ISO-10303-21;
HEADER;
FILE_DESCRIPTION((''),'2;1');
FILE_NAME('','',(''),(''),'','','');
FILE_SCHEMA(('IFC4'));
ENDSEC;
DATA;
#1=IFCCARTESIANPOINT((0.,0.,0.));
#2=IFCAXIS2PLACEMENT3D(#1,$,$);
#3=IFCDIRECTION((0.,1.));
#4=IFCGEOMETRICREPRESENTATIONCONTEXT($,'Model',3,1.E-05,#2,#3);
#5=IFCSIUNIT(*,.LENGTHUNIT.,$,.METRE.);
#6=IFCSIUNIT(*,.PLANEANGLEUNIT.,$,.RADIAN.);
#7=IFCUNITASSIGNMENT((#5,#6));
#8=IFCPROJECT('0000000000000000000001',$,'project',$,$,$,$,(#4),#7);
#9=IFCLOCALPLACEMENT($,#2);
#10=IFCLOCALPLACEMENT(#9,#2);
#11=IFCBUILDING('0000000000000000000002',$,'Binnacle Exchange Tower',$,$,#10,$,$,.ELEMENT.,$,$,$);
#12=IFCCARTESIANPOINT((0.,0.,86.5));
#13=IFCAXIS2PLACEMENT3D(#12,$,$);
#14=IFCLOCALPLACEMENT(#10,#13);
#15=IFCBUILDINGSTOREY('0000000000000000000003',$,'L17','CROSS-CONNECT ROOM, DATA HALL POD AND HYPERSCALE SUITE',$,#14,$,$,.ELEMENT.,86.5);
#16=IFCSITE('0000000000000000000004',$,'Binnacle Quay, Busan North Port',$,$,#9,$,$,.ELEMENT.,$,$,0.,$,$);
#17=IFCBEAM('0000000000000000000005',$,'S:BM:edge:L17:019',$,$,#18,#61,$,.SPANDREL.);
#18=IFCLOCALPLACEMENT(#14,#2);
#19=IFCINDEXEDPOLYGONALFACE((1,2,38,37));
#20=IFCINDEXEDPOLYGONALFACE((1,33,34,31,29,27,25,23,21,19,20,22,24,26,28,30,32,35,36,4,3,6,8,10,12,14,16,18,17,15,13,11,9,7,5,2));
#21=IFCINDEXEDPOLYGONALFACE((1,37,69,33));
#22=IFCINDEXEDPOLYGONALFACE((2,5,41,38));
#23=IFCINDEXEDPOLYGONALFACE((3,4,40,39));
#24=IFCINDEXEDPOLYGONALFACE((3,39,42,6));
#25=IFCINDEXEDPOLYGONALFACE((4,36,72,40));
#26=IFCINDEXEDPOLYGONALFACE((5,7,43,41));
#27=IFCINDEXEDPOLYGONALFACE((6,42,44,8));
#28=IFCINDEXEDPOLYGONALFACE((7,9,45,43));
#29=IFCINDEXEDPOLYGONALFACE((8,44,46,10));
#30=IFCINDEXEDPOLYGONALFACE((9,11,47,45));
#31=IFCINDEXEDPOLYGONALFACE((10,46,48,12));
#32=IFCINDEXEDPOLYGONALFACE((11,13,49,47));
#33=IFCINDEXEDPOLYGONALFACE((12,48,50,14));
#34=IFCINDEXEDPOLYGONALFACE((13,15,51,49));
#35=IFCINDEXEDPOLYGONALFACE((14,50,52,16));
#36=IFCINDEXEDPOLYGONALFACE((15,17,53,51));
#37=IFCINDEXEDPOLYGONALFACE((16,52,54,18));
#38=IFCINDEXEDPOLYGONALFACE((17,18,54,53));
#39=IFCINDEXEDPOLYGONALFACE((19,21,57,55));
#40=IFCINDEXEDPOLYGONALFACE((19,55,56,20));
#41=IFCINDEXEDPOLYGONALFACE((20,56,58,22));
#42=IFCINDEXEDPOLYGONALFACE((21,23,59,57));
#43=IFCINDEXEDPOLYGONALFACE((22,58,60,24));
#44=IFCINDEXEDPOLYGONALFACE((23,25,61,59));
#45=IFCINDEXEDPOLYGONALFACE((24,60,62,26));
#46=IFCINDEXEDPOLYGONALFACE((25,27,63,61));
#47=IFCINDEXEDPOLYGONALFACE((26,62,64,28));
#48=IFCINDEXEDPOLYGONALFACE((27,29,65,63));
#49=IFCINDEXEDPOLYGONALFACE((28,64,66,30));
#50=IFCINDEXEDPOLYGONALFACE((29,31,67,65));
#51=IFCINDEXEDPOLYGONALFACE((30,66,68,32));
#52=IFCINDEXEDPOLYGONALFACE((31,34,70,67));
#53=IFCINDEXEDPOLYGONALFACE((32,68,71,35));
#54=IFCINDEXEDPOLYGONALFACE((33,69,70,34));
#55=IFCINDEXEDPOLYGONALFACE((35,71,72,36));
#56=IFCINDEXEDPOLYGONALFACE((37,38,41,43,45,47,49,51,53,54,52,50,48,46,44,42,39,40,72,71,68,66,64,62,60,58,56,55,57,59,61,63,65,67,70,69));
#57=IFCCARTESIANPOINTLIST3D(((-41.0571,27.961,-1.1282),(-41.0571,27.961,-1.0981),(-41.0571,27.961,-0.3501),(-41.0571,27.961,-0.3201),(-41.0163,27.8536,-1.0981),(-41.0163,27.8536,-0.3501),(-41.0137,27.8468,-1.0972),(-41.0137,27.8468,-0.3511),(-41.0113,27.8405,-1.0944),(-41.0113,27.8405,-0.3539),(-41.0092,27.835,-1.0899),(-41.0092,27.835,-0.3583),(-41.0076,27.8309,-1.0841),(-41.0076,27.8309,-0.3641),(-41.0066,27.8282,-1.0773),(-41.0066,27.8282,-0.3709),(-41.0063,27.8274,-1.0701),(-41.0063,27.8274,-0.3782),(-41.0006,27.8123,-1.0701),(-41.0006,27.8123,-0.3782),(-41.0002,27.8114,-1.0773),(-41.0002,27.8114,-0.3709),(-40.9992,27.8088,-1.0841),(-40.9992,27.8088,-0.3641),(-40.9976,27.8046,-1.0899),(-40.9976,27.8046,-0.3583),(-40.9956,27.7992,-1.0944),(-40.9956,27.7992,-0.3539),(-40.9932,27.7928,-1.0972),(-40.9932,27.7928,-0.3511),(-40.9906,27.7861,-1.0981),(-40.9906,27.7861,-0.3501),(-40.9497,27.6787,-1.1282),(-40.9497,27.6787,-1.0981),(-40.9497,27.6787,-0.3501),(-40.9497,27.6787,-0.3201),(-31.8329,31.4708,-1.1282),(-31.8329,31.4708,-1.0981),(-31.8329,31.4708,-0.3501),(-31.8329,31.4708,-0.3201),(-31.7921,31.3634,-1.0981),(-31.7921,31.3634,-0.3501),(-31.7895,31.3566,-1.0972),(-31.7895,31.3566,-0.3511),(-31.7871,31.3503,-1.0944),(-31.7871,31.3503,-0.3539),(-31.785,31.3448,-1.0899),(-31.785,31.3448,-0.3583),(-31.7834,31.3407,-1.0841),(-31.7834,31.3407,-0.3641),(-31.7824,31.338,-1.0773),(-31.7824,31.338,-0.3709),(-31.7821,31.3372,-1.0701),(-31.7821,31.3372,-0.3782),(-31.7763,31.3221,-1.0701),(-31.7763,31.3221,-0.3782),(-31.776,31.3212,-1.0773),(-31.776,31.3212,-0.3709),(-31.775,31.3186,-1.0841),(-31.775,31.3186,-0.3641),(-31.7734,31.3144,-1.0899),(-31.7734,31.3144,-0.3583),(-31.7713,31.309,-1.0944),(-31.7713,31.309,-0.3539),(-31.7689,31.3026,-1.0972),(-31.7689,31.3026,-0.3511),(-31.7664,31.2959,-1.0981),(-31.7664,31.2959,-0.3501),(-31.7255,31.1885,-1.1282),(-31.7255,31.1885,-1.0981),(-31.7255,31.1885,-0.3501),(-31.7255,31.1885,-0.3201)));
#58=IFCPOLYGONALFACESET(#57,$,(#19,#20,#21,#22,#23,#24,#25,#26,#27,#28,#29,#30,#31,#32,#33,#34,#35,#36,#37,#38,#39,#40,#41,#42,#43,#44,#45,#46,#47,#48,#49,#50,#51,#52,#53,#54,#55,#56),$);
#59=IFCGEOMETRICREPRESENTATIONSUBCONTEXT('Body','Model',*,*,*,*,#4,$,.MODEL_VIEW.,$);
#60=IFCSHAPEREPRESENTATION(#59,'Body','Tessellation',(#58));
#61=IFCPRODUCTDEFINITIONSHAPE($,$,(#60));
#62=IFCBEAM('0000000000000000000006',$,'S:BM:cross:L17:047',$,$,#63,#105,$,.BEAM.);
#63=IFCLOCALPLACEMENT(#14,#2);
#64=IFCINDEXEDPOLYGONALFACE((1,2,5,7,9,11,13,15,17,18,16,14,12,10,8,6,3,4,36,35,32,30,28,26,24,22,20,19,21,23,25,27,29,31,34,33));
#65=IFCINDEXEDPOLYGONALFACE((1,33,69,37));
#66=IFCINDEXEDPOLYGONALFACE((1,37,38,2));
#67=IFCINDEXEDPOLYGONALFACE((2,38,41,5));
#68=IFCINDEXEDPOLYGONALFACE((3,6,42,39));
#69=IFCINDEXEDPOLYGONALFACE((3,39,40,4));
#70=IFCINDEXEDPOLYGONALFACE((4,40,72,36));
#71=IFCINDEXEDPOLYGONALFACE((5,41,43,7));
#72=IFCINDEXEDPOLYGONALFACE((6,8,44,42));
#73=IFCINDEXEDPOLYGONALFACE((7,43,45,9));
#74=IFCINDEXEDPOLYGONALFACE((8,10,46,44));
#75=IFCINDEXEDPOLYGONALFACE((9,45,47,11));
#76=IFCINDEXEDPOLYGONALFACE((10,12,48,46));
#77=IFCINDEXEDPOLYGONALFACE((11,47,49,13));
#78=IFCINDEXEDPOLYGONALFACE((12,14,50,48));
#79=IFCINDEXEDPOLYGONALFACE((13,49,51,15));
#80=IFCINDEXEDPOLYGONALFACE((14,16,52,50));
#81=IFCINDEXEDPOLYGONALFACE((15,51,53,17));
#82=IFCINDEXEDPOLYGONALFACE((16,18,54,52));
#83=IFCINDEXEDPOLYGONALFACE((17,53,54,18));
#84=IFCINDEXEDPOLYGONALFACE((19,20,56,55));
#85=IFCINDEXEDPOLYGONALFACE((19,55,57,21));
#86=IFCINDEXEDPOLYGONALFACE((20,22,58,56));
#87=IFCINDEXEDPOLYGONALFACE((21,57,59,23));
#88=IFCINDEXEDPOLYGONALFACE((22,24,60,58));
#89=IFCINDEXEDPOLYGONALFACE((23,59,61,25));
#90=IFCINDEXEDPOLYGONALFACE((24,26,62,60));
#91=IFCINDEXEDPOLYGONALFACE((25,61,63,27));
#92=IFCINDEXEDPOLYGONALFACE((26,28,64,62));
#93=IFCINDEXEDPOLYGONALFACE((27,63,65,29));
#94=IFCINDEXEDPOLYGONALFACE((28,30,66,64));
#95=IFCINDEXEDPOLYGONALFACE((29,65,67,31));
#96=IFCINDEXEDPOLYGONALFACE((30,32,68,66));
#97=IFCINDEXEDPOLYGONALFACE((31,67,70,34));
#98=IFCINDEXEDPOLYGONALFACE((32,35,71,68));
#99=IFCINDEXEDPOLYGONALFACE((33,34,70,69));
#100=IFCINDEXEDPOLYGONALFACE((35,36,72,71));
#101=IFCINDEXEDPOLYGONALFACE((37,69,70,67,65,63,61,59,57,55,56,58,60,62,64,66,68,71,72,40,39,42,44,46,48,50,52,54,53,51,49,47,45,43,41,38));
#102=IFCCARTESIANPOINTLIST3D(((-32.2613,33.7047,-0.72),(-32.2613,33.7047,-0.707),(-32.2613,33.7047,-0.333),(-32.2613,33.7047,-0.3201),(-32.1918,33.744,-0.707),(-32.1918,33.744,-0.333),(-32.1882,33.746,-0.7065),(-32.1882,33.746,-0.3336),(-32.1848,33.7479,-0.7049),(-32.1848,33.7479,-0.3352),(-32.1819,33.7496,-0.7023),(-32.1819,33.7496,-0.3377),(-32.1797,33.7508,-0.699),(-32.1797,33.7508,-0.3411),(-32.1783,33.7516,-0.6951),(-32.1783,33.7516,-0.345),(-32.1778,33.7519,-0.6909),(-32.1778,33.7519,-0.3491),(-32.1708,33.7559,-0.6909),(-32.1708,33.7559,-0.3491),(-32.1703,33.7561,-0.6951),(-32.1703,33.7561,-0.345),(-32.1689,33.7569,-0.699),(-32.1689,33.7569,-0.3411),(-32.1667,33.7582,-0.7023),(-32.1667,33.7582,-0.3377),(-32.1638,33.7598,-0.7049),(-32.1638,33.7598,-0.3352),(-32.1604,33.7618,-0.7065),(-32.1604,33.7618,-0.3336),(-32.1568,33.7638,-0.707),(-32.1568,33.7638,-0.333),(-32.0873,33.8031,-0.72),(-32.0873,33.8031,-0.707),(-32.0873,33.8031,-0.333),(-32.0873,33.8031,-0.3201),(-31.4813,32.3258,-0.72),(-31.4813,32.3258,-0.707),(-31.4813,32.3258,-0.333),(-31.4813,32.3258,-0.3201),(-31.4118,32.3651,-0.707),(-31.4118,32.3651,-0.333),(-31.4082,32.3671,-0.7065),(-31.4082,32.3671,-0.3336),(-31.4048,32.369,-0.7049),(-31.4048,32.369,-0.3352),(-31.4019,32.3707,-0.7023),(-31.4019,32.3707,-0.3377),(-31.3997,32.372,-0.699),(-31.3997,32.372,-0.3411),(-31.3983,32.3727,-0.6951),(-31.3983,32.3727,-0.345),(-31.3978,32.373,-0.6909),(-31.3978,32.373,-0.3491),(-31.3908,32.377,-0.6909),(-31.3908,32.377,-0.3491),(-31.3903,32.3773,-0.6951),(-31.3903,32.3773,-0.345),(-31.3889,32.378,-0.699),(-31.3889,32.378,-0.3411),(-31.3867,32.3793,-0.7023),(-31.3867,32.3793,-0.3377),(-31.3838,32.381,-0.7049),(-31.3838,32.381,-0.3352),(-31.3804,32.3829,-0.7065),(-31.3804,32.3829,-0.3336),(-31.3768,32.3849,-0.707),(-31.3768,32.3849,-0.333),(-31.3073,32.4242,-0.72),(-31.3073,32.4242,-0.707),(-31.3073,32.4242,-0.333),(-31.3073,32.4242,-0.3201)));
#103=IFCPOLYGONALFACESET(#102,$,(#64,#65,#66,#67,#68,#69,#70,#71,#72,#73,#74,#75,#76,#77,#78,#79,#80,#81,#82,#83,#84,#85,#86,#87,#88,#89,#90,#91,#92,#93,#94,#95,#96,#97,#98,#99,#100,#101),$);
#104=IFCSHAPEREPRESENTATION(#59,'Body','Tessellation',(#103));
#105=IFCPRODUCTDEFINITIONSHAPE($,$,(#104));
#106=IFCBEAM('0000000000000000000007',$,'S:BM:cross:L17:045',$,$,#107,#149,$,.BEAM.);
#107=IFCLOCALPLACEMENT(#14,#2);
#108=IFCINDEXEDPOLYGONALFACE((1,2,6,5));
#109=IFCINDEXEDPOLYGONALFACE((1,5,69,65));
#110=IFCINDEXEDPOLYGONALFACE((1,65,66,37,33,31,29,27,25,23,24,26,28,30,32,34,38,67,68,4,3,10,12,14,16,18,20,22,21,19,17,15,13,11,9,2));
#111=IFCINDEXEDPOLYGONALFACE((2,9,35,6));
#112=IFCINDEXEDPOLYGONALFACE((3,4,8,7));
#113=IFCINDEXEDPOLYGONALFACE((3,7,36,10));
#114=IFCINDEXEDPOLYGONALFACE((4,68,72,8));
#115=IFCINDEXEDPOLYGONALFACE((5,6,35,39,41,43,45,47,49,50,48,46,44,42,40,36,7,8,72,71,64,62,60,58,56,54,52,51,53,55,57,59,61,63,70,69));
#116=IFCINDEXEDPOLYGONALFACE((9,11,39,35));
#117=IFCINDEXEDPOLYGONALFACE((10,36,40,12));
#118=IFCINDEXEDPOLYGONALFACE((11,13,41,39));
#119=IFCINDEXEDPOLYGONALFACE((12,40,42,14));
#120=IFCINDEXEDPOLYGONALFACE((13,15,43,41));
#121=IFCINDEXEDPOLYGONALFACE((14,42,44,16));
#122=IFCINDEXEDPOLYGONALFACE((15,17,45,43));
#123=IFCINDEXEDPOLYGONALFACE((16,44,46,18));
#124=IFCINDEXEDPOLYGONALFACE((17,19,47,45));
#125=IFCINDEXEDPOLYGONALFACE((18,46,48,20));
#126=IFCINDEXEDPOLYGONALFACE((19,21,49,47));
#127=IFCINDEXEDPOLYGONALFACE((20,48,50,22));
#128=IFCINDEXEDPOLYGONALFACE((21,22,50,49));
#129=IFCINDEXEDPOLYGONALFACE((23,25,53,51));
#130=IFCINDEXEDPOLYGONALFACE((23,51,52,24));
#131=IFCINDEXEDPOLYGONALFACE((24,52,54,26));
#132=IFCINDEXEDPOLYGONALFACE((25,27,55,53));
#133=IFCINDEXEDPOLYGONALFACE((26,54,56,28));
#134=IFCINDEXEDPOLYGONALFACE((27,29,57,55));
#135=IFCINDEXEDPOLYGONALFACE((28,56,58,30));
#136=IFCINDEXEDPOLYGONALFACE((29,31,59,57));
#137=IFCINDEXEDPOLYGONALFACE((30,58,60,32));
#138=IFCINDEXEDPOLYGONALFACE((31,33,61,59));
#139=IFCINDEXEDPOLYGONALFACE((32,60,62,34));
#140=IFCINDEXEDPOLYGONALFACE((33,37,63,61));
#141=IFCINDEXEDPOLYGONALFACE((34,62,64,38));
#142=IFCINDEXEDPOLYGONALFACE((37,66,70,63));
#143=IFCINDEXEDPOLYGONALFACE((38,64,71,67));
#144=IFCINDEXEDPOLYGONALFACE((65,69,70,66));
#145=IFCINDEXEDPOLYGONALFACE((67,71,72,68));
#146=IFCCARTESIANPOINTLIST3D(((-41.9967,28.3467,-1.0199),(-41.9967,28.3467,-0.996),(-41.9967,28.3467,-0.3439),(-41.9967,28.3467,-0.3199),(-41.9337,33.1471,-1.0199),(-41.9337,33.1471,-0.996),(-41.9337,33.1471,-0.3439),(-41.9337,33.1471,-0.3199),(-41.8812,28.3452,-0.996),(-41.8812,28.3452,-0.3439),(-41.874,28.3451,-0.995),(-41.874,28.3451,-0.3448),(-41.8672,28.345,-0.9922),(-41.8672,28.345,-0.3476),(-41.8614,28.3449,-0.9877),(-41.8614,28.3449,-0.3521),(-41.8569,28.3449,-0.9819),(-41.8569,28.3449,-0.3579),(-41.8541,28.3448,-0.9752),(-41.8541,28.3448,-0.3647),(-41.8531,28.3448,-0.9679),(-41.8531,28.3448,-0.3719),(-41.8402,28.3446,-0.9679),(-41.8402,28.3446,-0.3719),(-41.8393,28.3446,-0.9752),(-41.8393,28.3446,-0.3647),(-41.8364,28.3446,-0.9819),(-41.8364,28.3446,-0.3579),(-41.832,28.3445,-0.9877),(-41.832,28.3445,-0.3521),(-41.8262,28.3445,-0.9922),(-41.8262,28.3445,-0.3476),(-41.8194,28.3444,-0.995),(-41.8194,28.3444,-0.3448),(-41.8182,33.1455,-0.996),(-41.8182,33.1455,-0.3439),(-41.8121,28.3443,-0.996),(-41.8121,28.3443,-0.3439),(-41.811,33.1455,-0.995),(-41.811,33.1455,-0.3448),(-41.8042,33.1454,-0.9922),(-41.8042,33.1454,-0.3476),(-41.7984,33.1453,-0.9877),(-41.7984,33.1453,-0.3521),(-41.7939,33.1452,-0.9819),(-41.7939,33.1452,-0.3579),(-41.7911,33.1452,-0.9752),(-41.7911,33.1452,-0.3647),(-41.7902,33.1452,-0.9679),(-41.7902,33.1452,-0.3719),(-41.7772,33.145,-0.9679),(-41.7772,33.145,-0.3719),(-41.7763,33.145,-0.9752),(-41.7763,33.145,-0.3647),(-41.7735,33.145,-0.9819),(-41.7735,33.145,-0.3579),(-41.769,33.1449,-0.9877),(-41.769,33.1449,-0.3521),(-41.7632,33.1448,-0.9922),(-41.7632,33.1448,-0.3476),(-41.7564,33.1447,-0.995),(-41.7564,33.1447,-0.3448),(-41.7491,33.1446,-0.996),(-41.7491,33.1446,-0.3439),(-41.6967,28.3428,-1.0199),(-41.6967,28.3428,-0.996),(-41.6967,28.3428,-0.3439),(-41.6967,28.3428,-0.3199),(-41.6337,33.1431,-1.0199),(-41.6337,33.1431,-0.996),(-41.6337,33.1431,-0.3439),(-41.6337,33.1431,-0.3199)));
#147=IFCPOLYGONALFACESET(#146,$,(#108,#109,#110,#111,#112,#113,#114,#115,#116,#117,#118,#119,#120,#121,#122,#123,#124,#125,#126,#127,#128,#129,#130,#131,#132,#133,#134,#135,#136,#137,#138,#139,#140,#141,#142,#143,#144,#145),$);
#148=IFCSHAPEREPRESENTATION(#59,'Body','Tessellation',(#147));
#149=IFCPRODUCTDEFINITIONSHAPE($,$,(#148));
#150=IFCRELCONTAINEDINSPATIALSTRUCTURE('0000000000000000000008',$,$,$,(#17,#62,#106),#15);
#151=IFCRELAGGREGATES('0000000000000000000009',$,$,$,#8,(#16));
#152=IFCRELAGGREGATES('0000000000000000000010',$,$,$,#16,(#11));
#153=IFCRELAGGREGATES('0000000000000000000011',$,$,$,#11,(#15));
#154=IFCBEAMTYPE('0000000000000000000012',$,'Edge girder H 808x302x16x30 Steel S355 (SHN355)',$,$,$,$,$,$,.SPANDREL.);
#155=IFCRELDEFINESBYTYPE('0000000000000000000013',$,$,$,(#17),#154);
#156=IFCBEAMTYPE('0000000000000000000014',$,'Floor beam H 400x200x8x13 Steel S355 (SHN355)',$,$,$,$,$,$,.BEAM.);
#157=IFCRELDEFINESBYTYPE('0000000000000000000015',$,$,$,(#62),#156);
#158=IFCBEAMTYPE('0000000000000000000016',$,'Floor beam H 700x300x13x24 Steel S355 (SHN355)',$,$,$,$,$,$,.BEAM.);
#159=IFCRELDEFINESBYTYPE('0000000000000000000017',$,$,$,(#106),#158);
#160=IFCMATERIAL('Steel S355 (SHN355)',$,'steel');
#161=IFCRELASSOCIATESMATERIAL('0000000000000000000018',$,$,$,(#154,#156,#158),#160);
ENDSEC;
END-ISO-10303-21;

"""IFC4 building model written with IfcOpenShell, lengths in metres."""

from ifc_helpers import new_model, si_unit, direction, frame, origin, origin_2d, place, context, subcontext, project, spatial, i_section, extrude, material, material_profile, profile_set, type_object, element, save


model = new_model("IFC4")

# Units and contexts
model_context = context("Model", 3, precision=1e-05, world=origin(), true_north=direction((0.0, 1.0)))
body_context = subcontext(model_context, "Body", "Model", "MODEL_VIEW")
ifc_project = project(units=[si_unit("LENGTHUNIT", "METRE"), si_unit("PLANEANGLEUNIT", "RADIAN")], contexts=[model_context])

# Site, building, storey
site_placement = place(None, origin())
site = spatial("IfcSite", under=ifc_project, at=site_placement, Name="Binnacle Quay, Busan North Port", CompositionType="ELEMENT", RefElevation=0.0)
building_placement = place(site_placement, origin())
building = spatial("IfcBuilding", under=site, at=building_placement, Name="Binnacle Exchange Tower", CompositionType="ELEMENT")
storey_placement = place(building_placement, frame((0.0, 0.0, 86.5)))
storey = spatial("IfcBuildingStorey", under=building, at=storey_placement, Name="L17", Description="CROSS-CONNECT ROOM, DATA HALL POD AND HYPERSCALE SUITE", CompositionType="ELEMENT", Elevation=86.5)

# Beams
ifc_material_1 = material(Name="Steel S355 (SHN355)", Category="steel")
ifc_material_profile_1 = material_profile(ifc_material_1, i_section(OverallWidth=0.302, OverallDepth=0.8081, WebThickness=0.0161, FlangeThickness=0.03, FilletRadius=0.0281, at=origin_2d()), Name="H 808x302x16x30")
ifc_profile_set_1 = profile_set([ifc_material_profile_1], Name="Steel S355 (SHN355)")
beam_type_1 = type_object("IfcBeamType", Name="Edge girder H 808x302x16x30 Steel S355 (SHN355)", PredefinedType="SPANDREL", material=ifc_profile_set_1)
beam_1_placement = place(storey_placement, frame((-41.0034, 27.8198, -0.7241), z_axis=(0.934629, 0.355625, 0.0), x_axis=(-0.355625, 0.934629, 0.0)))
element("IfcBeam", 1, at=beam_1_placement, inside=storey, type_object=beam_type_1, Name="S:BM:edge:L17:019", PredefinedType="SPANDREL", context=body_context, shape_type="SweptSolid", body=[
    extrude(i_section(OverallWidth=0.302, OverallDepth=0.8081, WebThickness=0.0161, FlangeThickness=0.03, FilletRadius=0.0281, at=origin_2d()), origin(), (0.0, 0.0, 1.0), 9.8694),
])
ifc_material_profile_2 = material_profile(ifc_material_1, i_section(OverallWidth=0.2, OverallDepth=0.3999, WebThickness=0.0081, FlangeThickness=0.0129, FilletRadius=0.0161, at=origin_2d()), Name="H 400x200x8x13")
ifc_profile_set_2 = profile_set([ifc_material_profile_2], Name="Steel S355 (SHN355)")
beam_type_2 = type_object("IfcBeamType", Name="Floor beam H 400x200x8x13 Steel S355 (SHN355)", PredefinedType="BEAM", material=ifc_profile_set_2)
beam_2_placement = place(storey_placement, frame((-31.3943, 32.375, -0.52), z_axis=(-0.492367, 0.870388, 0.0), x_axis=(-0.870388, -0.492367, 0.0)))
element("IfcBeam", 2, at=beam_2_placement, inside=storey, type_object=beam_type_2, Name="S:BM:cross:L17:047", PredefinedType="BEAM", context=body_context, shape_type="SweptSolid", body=[
    extrude(i_section(OverallWidth=0.2, OverallDepth=0.3999, WebThickness=0.0081, FlangeThickness=0.0129, FilletRadius=0.0161, at=origin_2d()), origin(), (0.0, 0.0, 1.0), 1.5842),
])
ifc_material_profile_3 = material_profile(ifc_material_1, i_section(OverallWidth=0.3, OverallDepth=0.7, WebThickness=0.0129, FlangeThickness=0.0239, FilletRadius=0.0281, at=origin_2d()), Name="H 700x300x13x24")
ifc_profile_set_3 = profile_set([ifc_material_profile_3], Name="Steel S355 (SHN355)")
beam_type_3 = type_object("IfcBeamType", Name="Floor beam H 700x300x13x24 Steel S355 (SHN355)", PredefinedType="BEAM", material=ifc_profile_set_3)
beam_3_placement = place(storey_placement, frame((-41.8467, 28.3447, -0.6699), z_axis=(0.013121, 0.999914, 0.0), x_axis=(-0.999914, 0.013121, 0.0)))
element("IfcBeam", 3, at=beam_3_placement, inside=storey, type_object=beam_type_3, Name="S:BM:cross:L17:045", PredefinedType="BEAM", context=body_context, shape_type="SweptSolid", body=[
    extrude(i_section(OverallWidth=0.3, OverallDepth=0.7, WebThickness=0.0129, FlangeThickness=0.0239, FilletRadius=0.0281, at=origin_2d()), origin(), (0.0, 0.0, 1.0), 4.8008),
])

save(model, "model.ifc")
